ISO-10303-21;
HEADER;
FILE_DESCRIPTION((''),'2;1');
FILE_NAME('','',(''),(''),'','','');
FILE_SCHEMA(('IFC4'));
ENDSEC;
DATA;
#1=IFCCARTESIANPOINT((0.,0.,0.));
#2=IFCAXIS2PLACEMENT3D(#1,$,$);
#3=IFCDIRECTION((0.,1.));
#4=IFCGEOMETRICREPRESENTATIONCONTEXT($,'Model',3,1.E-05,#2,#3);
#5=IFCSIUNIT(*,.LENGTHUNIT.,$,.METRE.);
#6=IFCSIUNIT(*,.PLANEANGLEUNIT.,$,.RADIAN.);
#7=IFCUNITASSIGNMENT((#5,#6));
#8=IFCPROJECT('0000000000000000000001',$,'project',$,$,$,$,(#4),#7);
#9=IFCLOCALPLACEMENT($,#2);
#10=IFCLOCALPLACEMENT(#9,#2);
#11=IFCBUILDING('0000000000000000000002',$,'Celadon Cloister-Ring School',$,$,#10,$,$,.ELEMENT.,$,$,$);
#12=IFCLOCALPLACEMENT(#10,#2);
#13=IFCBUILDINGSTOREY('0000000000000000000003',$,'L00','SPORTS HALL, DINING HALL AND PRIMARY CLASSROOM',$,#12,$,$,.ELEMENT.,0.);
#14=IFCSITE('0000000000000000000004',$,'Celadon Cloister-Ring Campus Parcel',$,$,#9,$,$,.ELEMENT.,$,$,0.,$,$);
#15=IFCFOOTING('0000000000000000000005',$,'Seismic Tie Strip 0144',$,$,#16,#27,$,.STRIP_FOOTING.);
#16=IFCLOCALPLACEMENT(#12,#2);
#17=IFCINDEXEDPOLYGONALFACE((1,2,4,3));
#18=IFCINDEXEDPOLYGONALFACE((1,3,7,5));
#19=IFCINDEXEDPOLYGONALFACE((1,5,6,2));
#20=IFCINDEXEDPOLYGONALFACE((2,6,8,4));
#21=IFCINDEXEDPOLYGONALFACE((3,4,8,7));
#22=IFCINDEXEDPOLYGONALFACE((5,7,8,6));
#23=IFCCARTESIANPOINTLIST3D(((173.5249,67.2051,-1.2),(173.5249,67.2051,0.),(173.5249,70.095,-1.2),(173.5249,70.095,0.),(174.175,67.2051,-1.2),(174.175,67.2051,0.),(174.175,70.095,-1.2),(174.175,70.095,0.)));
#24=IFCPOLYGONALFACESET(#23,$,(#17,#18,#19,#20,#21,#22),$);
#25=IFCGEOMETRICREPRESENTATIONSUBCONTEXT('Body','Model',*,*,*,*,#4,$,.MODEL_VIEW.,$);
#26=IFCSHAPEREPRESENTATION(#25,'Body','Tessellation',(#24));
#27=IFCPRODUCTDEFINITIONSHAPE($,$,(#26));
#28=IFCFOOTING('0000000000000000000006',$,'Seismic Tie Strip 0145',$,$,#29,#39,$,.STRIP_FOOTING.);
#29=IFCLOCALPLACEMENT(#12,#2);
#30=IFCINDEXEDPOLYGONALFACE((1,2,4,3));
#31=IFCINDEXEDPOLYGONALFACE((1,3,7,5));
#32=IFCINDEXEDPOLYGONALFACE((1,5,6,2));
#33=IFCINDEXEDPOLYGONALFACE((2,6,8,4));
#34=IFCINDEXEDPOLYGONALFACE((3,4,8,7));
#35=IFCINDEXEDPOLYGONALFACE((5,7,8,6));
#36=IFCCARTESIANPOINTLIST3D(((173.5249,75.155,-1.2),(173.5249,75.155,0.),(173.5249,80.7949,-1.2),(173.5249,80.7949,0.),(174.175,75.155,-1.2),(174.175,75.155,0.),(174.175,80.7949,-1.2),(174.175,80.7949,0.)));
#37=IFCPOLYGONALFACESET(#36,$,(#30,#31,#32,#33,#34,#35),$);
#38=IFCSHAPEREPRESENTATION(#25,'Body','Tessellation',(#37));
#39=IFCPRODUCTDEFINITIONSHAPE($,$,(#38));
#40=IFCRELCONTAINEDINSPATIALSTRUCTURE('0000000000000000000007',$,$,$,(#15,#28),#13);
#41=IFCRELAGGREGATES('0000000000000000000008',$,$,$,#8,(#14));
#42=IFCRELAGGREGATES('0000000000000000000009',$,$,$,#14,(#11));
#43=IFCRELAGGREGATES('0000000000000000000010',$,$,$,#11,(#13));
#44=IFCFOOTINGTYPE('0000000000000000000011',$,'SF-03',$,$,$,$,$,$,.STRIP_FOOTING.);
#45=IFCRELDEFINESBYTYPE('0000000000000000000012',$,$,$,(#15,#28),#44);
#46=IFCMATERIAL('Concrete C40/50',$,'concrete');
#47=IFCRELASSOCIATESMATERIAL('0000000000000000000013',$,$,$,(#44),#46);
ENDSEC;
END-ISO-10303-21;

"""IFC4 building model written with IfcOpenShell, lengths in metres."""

from ifc_helpers import new_model, si_unit, direction, frame, origin, place, context, subcontext, project, spatial, polyline, outline, extrude, material, type_object, element, save


model = new_model("IFC4")

# Units and contexts
model_context = context("Model", 3, precision=1e-05, world=origin(), true_north=direction((0.0, 1.0)))
body_context = subcontext(model_context, "Body", "Model", "MODEL_VIEW")
ifc_project = project(units=[si_unit("LENGTHUNIT", "METRE"), si_unit("PLANEANGLEUNIT", "RADIAN")], contexts=[model_context])

# Site, building, storey
site_placement = place(None, origin())
site = spatial("IfcSite", under=ifc_project, at=site_placement, Name="Celadon Cloister-Ring Campus Parcel", CompositionType="ELEMENT", RefElevation=0.0)
building_placement = place(site_placement, origin())
building = spatial("IfcBuilding", under=site, at=building_placement, Name="Celadon Cloister-Ring School", CompositionType="ELEMENT")
storey_placement = place(building_placement, origin())
storey = spatial("IfcBuildingStorey", under=building, at=storey_placement, Name="L00", Description="SPORTS HALL, DINING HALL AND PRIMARY CLASSROOM", CompositionType="ELEMENT", Elevation=0.0)

# Footings
ifc_material_1 = material(Name="Concrete C40/50", Category="concrete")
footing_type_1 = type_object("IfcFootingType", Name="SF-03", PredefinedType="STRIP_FOOTING", material=ifc_material_1)
footing_1_placement = place(storey_placement, frame((0.0, 0.0, -1.2)))
element("IfcFooting", 1, at=footing_1_placement, inside=storey, type_object=footing_type_1, Name="Seismic Tie Strip 0144", PredefinedType="STRIP_FOOTING", context=body_context, shape_type="SweptSolid", body=[
    extrude(outline(polyline([(174.175, 67.2051), (174.175, 70.095), (173.5249, 70.095), (173.5249, 67.2051), (174.175, 67.2051)])), origin(), (0.0, 0.0, 1.0), 1.2),
])
footing_2_placement = place(storey_placement, frame((0.0, 0.0, -1.2)))
element("IfcFooting", 2, at=footing_2_placement, inside=storey, type_object=footing_type_1, Name="Seismic Tie Strip 0145", PredefinedType="STRIP_FOOTING", context=body_context, shape_type="SweptSolid", body=[
    extrude(outline(polyline([(174.175, 75.155), (174.175, 80.7949), (173.5249, 80.7949), (173.5249, 75.155), (174.175, 75.155)])), origin(), (0.0, 0.0, 1.0), 1.2),
])

save(model, "model.ifc")
